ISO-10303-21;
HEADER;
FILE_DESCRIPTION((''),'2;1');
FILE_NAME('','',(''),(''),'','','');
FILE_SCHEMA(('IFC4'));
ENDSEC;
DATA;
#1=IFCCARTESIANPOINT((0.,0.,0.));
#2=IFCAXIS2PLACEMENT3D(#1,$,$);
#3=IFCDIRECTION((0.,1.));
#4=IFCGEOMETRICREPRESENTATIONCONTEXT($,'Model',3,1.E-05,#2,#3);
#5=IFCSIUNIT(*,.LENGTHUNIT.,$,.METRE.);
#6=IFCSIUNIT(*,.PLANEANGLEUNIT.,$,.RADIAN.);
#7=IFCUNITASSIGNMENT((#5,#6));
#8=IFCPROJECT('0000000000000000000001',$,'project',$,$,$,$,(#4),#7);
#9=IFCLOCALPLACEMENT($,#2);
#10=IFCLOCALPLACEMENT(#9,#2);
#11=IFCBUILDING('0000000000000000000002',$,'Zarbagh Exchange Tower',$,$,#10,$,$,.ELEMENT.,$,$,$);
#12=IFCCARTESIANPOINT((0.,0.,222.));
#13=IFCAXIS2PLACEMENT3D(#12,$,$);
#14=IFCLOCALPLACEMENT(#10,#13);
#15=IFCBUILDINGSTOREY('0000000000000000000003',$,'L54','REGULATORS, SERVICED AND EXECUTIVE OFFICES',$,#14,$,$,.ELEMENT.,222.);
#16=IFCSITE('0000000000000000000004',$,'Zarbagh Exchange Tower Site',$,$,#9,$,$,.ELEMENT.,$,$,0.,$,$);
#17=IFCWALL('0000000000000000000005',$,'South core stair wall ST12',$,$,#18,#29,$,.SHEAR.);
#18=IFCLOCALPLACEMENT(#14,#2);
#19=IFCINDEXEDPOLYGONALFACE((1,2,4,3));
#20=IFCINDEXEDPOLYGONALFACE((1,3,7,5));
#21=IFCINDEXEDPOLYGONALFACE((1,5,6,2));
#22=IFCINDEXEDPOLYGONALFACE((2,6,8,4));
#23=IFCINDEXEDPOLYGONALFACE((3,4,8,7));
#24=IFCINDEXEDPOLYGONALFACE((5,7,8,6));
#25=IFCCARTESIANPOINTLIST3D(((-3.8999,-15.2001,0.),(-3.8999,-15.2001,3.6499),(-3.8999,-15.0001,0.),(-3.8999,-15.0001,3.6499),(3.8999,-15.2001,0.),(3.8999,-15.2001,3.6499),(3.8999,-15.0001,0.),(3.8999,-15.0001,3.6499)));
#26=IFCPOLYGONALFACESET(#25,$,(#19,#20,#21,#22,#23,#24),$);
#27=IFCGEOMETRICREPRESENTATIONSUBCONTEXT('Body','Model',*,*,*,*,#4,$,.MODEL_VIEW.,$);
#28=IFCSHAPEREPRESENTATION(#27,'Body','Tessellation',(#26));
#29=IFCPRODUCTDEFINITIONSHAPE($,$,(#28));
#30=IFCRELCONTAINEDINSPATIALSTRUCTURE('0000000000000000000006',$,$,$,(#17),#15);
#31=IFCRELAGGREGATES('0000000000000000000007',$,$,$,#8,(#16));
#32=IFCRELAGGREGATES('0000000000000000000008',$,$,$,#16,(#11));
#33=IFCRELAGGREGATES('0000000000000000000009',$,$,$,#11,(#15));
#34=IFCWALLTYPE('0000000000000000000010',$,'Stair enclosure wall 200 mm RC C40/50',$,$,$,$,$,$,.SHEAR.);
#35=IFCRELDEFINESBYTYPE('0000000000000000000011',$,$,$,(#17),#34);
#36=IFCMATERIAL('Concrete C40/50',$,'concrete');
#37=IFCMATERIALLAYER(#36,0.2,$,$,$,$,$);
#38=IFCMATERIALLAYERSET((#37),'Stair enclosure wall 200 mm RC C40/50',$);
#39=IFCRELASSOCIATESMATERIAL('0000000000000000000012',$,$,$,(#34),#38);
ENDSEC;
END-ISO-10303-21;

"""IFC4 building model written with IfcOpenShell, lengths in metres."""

from ifc_helpers import new_model, si_unit, direction, frame, frame_2d, origin, place, context, subcontext, project, spatial, rectangle, extrude, material, layer, layer_set, type_object, element, save


model = new_model("IFC4")

# Units and contexts
model_context = context("Model", 3, precision=1e-05, world=origin(), true_north=direction((0.0, 1.0)))
body_context = subcontext(model_context, "Body", "Model", "MODEL_VIEW")
ifc_project = project(units=[si_unit("LENGTHUNIT", "METRE"), si_unit("PLANEANGLEUNIT", "RADIAN")], contexts=[model_context])

# Site, building, storey
site_placement = place(None, origin())
site = spatial("IfcSite", under=ifc_project, at=site_placement, Name="Zarbagh Exchange Tower Site", CompositionType="ELEMENT", RefElevation=0.0)
building_placement = place(site_placement, origin())
building = spatial("IfcBuilding", under=site, at=building_placement, Name="Zarbagh Exchange Tower", CompositionType="ELEMENT")
storey_placement = place(building_placement, frame((0.0, 0.0, 222.0)))
storey = spatial("IfcBuildingStorey", under=building, at=storey_placement, Name="L54", Description="REGULATORS, SERVICED AND EXECUTIVE OFFICES", CompositionType="ELEMENT", Elevation=222.0)

# Wall
ifc_material_1 = material(Name="Concrete C40/50", Category="concrete")
ifc_layer_1 = layer(ifc_material_1, 0.2)
ifc_layer_set_1 = layer_set([ifc_layer_1], Name="Stair enclosure wall 200 mm RC C40/50")
wall_type_1 = type_object("IfcWallType", Name="Stair enclosure wall 200 mm RC C40/50", PredefinedType="SHEAR", material=ifc_layer_set_1)
wall_1_placement = place(storey_placement, frame((3.8999, -15.1001, 0.0), z_axis=(0.0, 0.0, 1.0), x_axis=(-1.0, 0.0, 0.0)))
element("IfcWall", 1, at=wall_1_placement, inside=storey, type_object=wall_type_1, Name="South core stair wall ST12", PredefinedType="SHEAR", context=body_context, shape_type="SweptSolid", body=[
    extrude(rectangle(XDim=7.7998, YDim=0.2, at=frame_2d((3.8999, 0.0))), origin(), (0.0, 0.0, 1.0), 3.6499),
])

save(model, "model.ifc")
